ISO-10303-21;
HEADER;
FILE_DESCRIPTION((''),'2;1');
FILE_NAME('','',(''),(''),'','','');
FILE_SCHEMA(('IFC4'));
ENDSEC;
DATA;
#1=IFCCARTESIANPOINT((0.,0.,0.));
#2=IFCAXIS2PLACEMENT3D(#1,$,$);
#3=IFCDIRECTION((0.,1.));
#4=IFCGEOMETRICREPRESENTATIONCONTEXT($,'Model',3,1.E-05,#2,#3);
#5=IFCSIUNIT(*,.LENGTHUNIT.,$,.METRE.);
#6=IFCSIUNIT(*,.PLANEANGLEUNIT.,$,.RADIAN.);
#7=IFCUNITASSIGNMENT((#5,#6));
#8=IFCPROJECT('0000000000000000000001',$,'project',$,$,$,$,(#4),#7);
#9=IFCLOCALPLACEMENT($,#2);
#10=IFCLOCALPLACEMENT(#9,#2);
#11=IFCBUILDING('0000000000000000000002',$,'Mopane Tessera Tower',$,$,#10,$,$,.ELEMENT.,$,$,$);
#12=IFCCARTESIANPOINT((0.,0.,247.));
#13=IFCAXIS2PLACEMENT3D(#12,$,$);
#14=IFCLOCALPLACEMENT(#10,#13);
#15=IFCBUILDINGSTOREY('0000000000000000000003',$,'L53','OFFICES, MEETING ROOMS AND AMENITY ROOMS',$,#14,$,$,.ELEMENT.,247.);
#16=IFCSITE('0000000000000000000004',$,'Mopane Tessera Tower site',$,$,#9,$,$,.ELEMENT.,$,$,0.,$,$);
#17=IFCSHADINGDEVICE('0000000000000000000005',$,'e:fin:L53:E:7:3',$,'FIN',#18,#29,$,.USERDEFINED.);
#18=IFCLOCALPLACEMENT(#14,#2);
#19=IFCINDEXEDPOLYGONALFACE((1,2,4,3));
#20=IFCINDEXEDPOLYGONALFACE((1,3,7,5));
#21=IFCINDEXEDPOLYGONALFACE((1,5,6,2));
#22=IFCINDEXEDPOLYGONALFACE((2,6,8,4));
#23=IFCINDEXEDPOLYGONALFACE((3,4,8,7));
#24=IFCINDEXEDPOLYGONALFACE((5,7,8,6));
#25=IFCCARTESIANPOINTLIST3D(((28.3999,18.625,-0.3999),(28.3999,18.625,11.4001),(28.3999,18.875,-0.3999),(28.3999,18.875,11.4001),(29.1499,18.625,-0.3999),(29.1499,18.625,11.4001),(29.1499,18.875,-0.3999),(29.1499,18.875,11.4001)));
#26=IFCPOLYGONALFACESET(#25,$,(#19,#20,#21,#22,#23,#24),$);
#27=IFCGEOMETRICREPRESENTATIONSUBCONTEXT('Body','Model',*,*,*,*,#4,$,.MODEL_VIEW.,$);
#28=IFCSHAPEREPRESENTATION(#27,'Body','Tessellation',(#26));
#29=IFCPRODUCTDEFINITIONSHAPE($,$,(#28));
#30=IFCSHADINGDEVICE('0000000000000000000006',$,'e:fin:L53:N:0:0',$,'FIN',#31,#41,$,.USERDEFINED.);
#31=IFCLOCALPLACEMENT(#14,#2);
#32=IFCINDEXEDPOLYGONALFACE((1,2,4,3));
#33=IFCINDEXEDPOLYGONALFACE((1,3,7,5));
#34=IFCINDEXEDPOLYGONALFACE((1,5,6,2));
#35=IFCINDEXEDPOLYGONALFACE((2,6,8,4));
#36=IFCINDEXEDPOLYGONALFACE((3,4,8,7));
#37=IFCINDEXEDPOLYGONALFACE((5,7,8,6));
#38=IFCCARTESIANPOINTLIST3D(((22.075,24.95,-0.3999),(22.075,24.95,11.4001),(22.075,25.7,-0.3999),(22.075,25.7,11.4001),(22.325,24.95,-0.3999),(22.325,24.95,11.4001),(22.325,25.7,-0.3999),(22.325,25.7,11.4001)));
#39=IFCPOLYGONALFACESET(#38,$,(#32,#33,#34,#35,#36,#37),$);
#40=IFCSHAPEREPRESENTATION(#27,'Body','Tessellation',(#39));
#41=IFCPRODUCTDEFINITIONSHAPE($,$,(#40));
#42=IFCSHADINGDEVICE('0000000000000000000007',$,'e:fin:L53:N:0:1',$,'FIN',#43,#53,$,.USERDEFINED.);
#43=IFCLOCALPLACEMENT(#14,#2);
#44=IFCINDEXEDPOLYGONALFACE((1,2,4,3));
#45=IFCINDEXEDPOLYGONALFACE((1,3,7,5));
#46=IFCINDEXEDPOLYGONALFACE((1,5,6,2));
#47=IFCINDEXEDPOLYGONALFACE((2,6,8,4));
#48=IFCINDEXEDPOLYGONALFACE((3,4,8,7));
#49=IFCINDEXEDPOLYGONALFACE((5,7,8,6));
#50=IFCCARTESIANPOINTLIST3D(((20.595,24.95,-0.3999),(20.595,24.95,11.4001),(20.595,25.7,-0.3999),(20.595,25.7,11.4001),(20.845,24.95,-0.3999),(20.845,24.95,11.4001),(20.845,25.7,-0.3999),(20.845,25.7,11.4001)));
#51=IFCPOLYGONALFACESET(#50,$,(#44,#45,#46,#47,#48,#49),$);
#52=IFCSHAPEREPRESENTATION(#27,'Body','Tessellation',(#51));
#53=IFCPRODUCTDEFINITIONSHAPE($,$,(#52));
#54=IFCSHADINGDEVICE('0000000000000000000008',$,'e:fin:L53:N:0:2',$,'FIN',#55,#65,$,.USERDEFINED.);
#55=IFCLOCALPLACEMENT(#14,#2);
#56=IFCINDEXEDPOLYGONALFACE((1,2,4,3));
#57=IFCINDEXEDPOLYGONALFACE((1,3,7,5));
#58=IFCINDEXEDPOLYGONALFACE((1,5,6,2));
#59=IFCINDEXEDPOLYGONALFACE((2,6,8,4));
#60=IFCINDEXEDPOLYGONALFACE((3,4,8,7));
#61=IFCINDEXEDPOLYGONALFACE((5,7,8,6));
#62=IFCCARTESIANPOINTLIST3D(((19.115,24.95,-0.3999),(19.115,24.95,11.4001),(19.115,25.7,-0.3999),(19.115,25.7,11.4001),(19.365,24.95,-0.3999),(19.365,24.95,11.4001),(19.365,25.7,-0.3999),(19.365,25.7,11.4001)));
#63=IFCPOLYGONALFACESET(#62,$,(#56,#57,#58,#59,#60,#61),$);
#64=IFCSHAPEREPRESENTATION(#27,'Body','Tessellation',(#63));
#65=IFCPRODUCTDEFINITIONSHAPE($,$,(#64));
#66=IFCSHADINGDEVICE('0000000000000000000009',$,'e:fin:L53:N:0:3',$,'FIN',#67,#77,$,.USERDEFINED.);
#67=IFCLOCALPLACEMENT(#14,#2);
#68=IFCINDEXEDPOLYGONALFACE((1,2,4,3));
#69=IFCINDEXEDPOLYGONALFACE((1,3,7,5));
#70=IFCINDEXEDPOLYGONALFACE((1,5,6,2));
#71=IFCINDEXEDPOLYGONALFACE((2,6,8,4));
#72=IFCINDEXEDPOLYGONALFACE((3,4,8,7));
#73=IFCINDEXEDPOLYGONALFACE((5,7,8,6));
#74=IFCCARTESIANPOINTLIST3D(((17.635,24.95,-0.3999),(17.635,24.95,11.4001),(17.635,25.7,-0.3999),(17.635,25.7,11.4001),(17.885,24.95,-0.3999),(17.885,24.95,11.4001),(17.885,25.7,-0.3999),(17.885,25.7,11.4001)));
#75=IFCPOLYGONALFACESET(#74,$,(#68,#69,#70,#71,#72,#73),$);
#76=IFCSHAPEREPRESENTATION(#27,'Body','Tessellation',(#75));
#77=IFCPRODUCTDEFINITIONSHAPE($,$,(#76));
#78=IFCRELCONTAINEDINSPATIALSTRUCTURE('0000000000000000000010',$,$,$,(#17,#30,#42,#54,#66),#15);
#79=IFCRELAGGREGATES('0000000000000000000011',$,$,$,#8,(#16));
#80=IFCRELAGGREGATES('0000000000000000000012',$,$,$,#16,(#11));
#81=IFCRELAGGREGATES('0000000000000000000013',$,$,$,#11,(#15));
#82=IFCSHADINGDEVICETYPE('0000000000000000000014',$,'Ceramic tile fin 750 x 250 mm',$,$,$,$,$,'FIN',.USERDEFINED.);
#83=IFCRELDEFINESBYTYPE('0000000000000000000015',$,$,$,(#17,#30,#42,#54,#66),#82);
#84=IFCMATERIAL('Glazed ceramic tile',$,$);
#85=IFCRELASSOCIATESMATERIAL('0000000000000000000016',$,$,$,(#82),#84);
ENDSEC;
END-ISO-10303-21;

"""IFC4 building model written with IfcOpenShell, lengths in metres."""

from ifc_helpers import new_model, si_unit, direction, frame, origin, origin_2d, place, context, subcontext, project, spatial, rectangle, extrude, material, type_object, element, save


model = new_model("IFC4")

# Units and contexts
model_context = context("Model", 3, precision=1e-05, world=origin(), true_north=direction((0.0, 1.0)))
body_context = subcontext(model_context, "Body", "Model", "MODEL_VIEW")
ifc_project = project(units=[si_unit("LENGTHUNIT", "METRE"), si_unit("PLANEANGLEUNIT", "RADIAN")], contexts=[model_context])

# Site, building, storey
site_placement = place(None, origin())
site = spatial("IfcSite", under=ifc_project, at=site_placement, Name="Mopane Tessera Tower site", CompositionType="ELEMENT", RefElevation=0.0)
building_placement = place(site_placement, origin())
building = spatial("IfcBuilding", under=site, at=building_placement, Name="Mopane Tessera Tower", CompositionType="ELEMENT")
storey_placement = place(building_placement, frame((0.0, 0.0, 247.0)))
storey = spatial("IfcBuildingStorey", under=building, at=storey_placement, Name="L53", Description="OFFICES, MEETING ROOMS AND AMENITY ROOMS", CompositionType="ELEMENT", Elevation=247.0)

# Shading devices
ifc_material_1 = material(Name="Glazed ceramic tile")
shading_device_type = type_object("IfcShadingDeviceType", Name="Ceramic tile fin 750 x 250 mm", ElementType="FIN", PredefinedType="USERDEFINED", material=ifc_material_1)
for number, where, z_axis, x_axis, name in (
    (1, (28.7749, 18.75, -0.3999), (0.0, 0.0, 1.0), (0.0, 1.0, 0.0), "e:fin:L53:E:7:3"),
    (2, (22.2, 25.325, -0.3999), (0.0, 0.0, 1.0), (-1.0, 0.0, 0.0), "e:fin:L53:N:0:0"),
    (3, (20.72, 25.325, -0.3999), (0.0, 0.0, 1.0), (-1.0, 0.0, 0.0), "e:fin:L53:N:0:1"),
    (4, (19.24, 25.325, -0.3999), (0.0, 0.0, 1.0), (-1.0, 0.0, 0.0), "e:fin:L53:N:0:2"),
    (5, (17.76, 25.325, -0.3999), (0.0, 0.0, 1.0), (-1.0, 0.0, 0.0), "e:fin:L53:N:0:3"),
):
    element("IfcShadingDevice", number, at=place(storey_placement, frame(where, z_axis=z_axis, x_axis=x_axis)), inside=storey, type_object=shading_device_type, Name=name, ObjectType="FIN", PredefinedType="USERDEFINED", context=body_context, shape_type="SweptSolid", body=[
        extrude(rectangle(XDim=0.25, YDim=0.75, at=origin_2d()), origin(), (0.0, 0.0, 1.0), 11.8),
    ])

save(model, "model.ifc")
